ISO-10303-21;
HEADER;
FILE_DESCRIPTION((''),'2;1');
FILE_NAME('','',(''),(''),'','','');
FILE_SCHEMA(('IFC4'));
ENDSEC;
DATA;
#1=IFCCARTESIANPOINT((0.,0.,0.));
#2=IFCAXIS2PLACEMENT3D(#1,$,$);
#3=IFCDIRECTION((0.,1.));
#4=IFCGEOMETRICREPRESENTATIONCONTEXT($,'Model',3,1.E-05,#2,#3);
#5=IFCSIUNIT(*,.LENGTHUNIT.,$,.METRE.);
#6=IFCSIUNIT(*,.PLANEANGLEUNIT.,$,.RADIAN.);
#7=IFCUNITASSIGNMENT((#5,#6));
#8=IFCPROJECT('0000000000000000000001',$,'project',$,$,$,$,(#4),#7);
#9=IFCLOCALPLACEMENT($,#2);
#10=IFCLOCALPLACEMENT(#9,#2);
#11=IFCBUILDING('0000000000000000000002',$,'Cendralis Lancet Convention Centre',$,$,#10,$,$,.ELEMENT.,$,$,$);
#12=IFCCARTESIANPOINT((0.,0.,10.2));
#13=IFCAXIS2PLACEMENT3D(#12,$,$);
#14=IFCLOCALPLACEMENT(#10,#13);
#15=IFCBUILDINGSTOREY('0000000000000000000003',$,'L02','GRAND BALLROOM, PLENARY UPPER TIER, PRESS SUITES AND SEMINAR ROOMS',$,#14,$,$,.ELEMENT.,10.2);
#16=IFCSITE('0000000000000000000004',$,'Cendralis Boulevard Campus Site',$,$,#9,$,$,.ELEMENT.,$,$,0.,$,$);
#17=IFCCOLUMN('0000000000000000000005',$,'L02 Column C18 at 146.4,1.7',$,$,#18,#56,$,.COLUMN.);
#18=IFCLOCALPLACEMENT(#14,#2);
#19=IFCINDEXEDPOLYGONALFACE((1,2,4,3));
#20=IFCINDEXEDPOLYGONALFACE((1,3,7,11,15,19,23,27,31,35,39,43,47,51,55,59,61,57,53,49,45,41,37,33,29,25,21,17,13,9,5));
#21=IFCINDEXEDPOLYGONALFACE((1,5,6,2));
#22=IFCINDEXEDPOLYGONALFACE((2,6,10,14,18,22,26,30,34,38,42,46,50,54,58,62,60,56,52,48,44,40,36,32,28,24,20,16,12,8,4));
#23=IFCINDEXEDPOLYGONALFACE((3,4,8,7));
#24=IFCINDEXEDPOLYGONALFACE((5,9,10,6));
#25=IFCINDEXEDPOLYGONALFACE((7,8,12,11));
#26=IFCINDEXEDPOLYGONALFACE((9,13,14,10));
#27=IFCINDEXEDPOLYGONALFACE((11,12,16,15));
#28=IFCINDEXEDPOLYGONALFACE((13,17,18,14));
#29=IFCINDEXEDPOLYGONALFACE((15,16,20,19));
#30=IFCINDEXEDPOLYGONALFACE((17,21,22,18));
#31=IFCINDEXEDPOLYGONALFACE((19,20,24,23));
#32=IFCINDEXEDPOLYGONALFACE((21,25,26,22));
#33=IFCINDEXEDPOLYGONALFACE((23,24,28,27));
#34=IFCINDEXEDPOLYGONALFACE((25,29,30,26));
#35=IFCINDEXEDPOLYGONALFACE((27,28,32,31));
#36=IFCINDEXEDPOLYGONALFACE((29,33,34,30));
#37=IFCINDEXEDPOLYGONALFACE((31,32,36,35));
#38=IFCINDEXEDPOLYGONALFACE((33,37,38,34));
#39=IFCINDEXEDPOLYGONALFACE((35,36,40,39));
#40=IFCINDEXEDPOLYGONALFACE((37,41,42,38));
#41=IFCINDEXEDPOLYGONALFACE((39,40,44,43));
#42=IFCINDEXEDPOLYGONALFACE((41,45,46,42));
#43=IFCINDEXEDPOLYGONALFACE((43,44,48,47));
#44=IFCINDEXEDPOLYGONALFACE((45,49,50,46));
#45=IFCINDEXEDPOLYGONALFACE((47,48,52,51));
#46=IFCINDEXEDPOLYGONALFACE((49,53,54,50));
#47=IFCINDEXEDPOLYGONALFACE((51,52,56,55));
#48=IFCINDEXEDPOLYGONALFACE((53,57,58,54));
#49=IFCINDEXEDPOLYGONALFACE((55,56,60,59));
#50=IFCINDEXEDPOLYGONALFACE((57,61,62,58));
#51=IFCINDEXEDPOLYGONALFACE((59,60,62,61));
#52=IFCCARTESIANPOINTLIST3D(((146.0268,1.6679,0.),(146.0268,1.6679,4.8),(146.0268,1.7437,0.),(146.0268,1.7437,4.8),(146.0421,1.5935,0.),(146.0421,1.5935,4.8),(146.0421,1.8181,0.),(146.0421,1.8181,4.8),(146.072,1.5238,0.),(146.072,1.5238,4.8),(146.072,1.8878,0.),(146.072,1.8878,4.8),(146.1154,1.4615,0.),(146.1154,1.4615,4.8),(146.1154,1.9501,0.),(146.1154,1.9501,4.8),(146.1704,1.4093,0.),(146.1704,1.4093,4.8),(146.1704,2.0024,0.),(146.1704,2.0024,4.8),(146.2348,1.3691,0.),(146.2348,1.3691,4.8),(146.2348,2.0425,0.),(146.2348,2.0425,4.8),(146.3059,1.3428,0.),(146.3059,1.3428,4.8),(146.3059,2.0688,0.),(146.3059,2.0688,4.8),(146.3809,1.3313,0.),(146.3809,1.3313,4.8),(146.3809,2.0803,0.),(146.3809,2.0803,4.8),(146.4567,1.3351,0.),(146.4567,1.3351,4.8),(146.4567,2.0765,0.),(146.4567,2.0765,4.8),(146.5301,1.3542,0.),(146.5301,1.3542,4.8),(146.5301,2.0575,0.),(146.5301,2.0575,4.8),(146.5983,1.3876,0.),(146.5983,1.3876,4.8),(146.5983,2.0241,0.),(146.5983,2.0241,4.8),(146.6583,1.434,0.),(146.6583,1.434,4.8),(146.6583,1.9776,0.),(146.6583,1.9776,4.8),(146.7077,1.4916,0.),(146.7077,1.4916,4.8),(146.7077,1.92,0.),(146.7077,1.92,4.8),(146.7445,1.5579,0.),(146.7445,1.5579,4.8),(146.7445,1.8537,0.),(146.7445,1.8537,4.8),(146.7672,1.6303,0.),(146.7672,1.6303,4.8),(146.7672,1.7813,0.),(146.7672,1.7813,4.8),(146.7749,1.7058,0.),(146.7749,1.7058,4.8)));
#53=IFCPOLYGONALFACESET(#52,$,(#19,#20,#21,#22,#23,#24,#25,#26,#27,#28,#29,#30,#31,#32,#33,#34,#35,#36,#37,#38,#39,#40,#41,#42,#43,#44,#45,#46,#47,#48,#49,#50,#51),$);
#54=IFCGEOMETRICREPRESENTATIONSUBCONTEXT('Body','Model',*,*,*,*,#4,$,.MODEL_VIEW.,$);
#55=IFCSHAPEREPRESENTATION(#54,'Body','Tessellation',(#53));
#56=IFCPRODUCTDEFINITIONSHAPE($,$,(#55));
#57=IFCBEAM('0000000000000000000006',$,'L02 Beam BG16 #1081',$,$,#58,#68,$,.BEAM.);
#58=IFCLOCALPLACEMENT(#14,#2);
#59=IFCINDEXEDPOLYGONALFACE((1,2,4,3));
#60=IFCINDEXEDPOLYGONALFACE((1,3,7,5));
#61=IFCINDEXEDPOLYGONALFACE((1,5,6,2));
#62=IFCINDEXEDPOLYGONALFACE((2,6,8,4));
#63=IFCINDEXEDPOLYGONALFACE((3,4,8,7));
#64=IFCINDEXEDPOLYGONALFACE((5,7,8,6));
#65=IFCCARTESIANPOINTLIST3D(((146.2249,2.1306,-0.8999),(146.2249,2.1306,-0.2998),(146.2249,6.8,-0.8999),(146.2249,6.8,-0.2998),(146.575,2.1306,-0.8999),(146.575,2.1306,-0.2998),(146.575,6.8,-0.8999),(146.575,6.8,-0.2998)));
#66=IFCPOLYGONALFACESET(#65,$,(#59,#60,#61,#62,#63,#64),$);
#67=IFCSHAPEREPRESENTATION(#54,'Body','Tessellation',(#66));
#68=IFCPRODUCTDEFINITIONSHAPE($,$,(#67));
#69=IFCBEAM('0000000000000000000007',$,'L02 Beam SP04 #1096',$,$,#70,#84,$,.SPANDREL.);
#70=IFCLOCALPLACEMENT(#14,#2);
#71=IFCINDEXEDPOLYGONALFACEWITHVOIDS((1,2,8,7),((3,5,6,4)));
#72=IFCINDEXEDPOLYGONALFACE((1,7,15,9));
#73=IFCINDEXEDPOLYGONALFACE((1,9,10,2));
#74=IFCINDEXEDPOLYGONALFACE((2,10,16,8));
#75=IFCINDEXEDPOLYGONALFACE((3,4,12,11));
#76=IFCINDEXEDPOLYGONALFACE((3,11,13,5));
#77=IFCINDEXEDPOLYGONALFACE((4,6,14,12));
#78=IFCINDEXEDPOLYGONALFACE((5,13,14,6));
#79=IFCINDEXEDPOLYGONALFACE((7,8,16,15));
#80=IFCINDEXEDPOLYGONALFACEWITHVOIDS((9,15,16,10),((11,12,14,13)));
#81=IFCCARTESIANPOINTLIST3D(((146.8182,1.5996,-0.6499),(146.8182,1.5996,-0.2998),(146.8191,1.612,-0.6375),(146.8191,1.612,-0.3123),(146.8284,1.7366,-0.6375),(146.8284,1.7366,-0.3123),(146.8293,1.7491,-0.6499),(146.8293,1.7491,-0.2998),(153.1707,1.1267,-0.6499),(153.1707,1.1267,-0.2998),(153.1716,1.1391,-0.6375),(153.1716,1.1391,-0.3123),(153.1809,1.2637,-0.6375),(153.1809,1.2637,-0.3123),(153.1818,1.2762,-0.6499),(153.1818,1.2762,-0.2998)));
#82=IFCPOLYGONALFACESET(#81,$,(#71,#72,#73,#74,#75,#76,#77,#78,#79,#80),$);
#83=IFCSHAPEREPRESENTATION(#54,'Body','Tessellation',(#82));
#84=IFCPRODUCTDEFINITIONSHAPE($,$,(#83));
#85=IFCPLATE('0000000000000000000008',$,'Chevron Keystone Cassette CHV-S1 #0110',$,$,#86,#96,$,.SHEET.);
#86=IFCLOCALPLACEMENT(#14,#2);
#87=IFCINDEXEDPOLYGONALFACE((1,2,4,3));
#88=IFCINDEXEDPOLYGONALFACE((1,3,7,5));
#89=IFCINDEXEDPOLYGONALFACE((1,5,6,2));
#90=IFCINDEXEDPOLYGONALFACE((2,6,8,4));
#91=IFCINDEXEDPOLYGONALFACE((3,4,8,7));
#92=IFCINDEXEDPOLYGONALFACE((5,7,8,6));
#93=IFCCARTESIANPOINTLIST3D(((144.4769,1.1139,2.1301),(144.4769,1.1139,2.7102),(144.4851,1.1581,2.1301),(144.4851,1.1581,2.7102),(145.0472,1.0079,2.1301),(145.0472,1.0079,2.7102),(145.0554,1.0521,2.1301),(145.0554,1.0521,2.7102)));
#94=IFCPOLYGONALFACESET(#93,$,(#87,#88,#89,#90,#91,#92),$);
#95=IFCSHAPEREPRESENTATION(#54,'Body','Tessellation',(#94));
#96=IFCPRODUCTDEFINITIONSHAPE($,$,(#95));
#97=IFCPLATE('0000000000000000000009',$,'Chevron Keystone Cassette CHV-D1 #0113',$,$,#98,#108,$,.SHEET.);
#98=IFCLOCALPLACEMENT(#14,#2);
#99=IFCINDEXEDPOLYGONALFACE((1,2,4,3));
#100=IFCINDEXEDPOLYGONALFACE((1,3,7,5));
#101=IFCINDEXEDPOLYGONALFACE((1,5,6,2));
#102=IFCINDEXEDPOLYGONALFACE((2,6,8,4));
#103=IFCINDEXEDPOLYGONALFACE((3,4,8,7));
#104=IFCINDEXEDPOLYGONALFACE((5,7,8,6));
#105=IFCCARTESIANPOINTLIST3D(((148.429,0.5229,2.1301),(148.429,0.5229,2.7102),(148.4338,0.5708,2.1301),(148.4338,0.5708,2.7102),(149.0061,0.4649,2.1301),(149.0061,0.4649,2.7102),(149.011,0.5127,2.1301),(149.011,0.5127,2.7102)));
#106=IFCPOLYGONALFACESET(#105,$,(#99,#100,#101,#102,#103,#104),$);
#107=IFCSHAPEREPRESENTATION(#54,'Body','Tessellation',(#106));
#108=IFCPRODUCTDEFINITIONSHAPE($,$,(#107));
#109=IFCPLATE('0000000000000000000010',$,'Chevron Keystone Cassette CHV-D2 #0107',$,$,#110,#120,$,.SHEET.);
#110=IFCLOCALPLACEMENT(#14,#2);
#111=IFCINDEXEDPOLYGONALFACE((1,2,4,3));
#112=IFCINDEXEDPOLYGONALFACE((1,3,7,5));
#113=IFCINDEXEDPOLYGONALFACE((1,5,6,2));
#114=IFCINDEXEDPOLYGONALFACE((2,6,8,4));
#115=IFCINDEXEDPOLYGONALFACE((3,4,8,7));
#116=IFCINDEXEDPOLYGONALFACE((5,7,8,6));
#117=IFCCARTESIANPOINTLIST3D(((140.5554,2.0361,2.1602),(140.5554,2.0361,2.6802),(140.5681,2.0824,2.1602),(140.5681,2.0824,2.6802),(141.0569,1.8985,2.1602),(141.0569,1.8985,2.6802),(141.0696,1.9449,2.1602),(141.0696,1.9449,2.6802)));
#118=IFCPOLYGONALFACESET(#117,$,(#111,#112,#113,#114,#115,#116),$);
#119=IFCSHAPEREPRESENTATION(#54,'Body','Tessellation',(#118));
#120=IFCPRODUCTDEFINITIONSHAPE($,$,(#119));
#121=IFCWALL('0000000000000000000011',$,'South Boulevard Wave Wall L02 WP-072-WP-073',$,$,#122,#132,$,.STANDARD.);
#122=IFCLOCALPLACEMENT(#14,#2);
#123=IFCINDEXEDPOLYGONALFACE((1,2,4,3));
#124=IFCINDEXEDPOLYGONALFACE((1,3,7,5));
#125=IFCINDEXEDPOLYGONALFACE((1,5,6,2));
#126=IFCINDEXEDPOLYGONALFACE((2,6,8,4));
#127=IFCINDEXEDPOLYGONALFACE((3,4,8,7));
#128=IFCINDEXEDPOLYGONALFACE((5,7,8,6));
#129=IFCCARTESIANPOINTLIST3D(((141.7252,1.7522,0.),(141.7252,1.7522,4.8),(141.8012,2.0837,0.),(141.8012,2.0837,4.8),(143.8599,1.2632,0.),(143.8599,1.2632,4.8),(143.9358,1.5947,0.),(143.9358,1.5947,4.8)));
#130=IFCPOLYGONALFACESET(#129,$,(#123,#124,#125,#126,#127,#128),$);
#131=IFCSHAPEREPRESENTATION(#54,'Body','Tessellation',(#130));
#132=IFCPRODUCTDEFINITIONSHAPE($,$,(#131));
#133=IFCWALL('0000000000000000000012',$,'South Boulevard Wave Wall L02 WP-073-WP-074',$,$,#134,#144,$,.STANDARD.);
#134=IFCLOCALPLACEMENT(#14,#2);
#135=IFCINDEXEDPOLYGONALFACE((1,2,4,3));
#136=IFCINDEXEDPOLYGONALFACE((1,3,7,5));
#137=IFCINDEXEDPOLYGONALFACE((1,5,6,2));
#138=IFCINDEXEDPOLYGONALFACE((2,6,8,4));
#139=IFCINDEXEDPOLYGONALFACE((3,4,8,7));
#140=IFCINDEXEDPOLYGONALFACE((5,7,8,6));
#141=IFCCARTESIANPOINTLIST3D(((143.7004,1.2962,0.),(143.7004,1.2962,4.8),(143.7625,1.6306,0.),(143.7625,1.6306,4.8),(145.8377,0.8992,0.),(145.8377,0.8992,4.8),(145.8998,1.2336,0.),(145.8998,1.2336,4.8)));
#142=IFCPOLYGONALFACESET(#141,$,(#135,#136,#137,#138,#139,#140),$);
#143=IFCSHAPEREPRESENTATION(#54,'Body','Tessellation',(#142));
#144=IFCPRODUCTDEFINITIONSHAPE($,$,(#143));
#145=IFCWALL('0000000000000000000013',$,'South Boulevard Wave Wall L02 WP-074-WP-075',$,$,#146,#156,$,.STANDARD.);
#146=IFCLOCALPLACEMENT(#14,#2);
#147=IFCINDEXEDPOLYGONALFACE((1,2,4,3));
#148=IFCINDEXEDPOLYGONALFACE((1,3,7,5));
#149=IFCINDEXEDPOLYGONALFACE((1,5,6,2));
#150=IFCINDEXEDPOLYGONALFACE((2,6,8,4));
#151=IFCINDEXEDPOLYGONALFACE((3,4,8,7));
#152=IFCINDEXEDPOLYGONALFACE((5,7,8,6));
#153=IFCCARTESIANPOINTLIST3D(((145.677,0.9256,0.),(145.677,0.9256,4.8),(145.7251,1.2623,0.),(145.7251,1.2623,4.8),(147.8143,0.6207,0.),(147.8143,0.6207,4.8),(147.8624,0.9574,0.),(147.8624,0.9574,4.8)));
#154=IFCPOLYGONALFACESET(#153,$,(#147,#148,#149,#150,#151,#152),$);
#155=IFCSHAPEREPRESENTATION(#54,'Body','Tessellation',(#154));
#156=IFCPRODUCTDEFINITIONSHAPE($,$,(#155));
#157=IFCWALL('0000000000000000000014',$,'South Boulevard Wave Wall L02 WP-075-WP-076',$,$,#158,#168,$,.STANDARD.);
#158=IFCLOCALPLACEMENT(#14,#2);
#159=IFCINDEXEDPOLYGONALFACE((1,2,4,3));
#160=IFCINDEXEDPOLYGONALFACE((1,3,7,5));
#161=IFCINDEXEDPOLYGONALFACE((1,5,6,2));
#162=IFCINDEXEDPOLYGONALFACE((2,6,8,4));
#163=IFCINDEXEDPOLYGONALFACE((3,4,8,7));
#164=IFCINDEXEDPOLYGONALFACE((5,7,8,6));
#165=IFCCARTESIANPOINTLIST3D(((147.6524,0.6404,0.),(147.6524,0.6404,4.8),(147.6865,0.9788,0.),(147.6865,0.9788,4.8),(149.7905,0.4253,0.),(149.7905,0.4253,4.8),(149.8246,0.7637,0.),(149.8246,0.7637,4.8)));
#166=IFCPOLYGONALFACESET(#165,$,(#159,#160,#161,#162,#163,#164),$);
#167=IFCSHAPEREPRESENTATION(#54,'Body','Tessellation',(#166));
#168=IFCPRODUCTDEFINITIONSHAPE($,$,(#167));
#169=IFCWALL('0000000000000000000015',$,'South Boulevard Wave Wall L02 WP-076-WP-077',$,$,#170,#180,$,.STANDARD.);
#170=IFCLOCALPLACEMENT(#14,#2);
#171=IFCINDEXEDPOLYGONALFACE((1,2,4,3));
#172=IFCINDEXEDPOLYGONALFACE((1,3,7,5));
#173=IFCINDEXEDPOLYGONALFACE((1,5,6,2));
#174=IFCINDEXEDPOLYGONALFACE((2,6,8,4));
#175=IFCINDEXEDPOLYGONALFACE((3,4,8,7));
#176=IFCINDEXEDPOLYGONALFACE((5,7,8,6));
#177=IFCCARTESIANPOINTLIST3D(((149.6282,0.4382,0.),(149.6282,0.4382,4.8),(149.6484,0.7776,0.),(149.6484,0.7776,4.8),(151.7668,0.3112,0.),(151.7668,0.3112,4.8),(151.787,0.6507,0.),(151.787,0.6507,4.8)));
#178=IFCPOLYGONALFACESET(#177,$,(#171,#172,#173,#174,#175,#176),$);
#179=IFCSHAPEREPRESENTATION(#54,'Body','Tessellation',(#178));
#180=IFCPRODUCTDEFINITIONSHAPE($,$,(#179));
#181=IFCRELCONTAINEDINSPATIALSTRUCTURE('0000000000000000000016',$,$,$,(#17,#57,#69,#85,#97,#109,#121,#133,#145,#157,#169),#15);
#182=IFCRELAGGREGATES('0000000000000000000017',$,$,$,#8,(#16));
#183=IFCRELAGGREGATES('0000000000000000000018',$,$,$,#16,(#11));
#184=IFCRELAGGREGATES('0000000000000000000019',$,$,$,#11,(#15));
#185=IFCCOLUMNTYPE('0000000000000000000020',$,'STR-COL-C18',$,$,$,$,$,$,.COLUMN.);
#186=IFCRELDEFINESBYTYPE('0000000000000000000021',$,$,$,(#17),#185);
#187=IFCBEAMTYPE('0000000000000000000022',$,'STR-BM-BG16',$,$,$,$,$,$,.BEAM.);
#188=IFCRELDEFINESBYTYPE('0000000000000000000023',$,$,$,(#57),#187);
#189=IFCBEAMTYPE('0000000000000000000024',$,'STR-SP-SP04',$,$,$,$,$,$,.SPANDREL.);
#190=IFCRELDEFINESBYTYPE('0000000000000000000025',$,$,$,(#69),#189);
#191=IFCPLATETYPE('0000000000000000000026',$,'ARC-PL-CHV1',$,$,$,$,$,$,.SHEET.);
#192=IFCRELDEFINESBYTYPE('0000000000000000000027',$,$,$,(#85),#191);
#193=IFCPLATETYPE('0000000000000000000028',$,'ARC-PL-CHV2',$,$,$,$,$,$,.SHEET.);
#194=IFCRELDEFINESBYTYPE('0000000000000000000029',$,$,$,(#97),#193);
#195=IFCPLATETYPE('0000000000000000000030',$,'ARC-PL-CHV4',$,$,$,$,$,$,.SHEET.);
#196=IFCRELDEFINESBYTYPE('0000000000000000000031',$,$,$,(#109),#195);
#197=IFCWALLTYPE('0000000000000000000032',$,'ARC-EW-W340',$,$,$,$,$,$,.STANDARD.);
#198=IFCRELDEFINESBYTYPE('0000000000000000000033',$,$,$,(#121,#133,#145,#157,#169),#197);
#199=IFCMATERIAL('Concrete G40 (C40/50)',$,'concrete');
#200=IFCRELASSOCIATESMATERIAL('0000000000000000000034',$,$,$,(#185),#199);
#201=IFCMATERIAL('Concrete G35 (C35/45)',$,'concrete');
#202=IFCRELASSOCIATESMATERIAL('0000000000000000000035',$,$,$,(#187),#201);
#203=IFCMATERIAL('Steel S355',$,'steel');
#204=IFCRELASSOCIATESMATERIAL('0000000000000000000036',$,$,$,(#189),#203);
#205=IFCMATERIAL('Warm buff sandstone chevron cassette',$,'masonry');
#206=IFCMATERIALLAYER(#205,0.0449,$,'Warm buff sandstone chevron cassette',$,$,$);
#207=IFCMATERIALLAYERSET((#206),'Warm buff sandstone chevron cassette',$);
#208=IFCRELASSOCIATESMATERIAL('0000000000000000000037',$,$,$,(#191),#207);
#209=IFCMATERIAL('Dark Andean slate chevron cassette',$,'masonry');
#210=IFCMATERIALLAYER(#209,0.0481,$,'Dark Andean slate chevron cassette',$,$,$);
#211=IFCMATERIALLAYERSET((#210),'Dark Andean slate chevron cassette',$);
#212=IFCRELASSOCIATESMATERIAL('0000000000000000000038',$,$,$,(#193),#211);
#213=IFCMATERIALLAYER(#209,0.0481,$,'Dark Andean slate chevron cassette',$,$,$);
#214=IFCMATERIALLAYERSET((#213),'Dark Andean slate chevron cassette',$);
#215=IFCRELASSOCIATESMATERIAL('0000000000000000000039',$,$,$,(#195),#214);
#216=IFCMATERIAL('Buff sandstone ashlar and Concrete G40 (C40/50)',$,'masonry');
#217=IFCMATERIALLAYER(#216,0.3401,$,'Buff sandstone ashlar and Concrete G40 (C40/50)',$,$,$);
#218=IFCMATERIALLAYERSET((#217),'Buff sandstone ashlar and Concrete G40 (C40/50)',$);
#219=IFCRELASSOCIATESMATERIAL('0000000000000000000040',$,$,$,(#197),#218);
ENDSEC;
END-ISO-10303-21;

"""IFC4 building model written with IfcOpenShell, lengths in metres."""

from ifc_helpers import new_model, si_unit, direction, frame, frame_2d, origin, origin_2d, place, context, subcontext, project, spatial, rectangle, hollow_rectangle, circle, extrude, material, layer, layer_set, material_profile, profile_set, type_object, element, save


model = new_model("IFC4")

# Units and contexts
model_context = context("Model", 3, precision=1e-05, world=origin(), true_north=direction((0.0, 1.0)))
body_context = subcontext(model_context, "Body", "Model", "MODEL_VIEW")
ifc_project = project(units=[si_unit("LENGTHUNIT", "METRE"), si_unit("PLANEANGLEUNIT", "RADIAN")], contexts=[model_context])

# Site, building, storey
site_placement = place(None, origin())
site = spatial("IfcSite", under=ifc_project, at=site_placement, Name="Cendralis Boulevard Campus Site", CompositionType="ELEMENT", RefElevation=0.0)
building_placement = place(site_placement, origin())
building = spatial("IfcBuilding", under=site, at=building_placement, Name="Cendralis Lancet Convention Centre", CompositionType="ELEMENT")
storey_placement = place(building_placement, frame((0.0, 0.0, 10.2)))
storey = spatial("IfcBuildingStorey", under=building, at=storey_placement, Name="L02", Description="GRAND BALLROOM, PLENARY UPPER TIER, PRESS SUITES AND SEMINAR ROOMS", CompositionType="ELEMENT", Elevation=10.2)

# Column
ifc_material_1 = material(Name="Concrete G40 (C40/50)", Category="concrete")
ifc_material_profile_1 = material_profile(ifc_material_1, circle(Radius=0.375, at=origin_2d()), Name="RC D750")
ifc_profile_set_1 = profile_set([ifc_material_profile_1], Name="Concrete G40 (C40/50)")
column_type = type_object("IfcColumnType", Name="STR-COL-C18", PredefinedType="COLUMN", material=ifc_profile_set_1)
column_placement = place(storey_placement, frame((146.3999, 1.7058, 0.0), z_axis=(0.0, 0.0, 1.0), x_axis=(1.0, 0.0, 0.0)))
element("IfcColumn", 1, at=column_placement, inside=storey, type_object=column_type, Name="L02 Column C18 at 146.4,1.7", PredefinedType="COLUMN", context=body_context, shape_type="SweptSolid", body=[
    extrude(circle(Radius=0.375, at=origin_2d()), origin(), (0.0, 0.0, 1.0), 4.8),
])

# Beams
ifc_material_2 = material(Name="Concrete G35 (C35/45)", Category="concrete")
ifc_material_profile_2 = material_profile(ifc_material_2, rectangle(XDim=0.3501, YDim=0.6001, at=origin_2d()), Name="RCB 350x600")
ifc_profile_set_2 = profile_set([ifc_material_profile_2], Name="Concrete G35 (C35/45)")
beam_type_1 = type_object("IfcBeamType", Name="STR-BM-BG16", PredefinedType="BEAM", material=ifc_profile_set_2)
beam_1_placement = place(storey_placement, frame((146.3999, 2.1306, -0.5999), z_axis=(0.0, 1.0, 0.0), x_axis=(-1.0, 0.0, 0.0)))
element("IfcBeam", 2, at=beam_1_placement, inside=storey, type_object=beam_type_1, Name="L02 Beam BG16 #1081", PredefinedType="BEAM", context=body_context, shape_type="SweptSolid", body=[
    extrude(rectangle(XDim=0.3501, YDim=0.6001, at=origin_2d()), origin(), (0.0, 0.0, 1.0), 4.6694),
])
ifc_material_3 = material(Name="Steel S355", Category="steel")
ifc_material_profile_3 = material_profile(ifc_material_3, hollow_rectangle(XDim=0.1499, YDim=0.3501, WallThickness=0.0125, at=origin_2d()), Name="RHS 350x150x12.5")
ifc_profile_set_3 = profile_set([ifc_material_profile_3], Name="Steel S355")
beam_type_2 = type_object("IfcBeamType", Name="STR-SP-SP04", PredefinedType="SPANDREL", material=ifc_profile_set_3)
beam_2_placement = place(storey_placement, frame((146.8237, 1.6743, -0.4749), z_axis=(0.997241, -0.074237, 0.0), x_axis=(0.074237, 0.997241, 0.0)))
element("IfcBeam", 3, at=beam_2_placement, inside=storey, type_object=beam_type_2, Name="L02 Beam SP04 #1096", PredefinedType="SPANDREL", context=body_context, shape_type="SweptSolid", body=[
    extrude(hollow_rectangle(XDim=0.1499, YDim=0.3501, WallThickness=0.0125, at=origin_2d()), origin(), (0.0, 0.0, 1.0), 6.3701),
])

# Plates
ifc_material_4 = material(Name="Warm buff sandstone chevron cassette", Category="masonry")
ifc_layer_1 = layer(ifc_material_4, 0.0449, Name="Warm buff sandstone chevron cassette")
ifc_layer_set_1 = layer_set([ifc_layer_1], Name="Warm buff sandstone chevron cassette")
plate_type_1 = type_object("IfcPlateType", Name="ARC-PL-CHV1", PredefinedType="SHEET", material=ifc_layer_set_1)
plate_1_placement = place(storey_placement, frame((144.7661, 1.083, 2.1301), z_axis=(0.0, 0.0, 1.0), x_axis=(0.983175, -0.182665, 0.0)))
element("IfcPlate", 4, at=plate_1_placement, inside=storey, type_object=plate_type_1, Name="Chevron Keystone Cassette CHV-S1 #0110", PredefinedType="SHEET", context=body_context, shape_type="SweptSolid", body=[
    extrude(rectangle(XDim=0.5801, YDim=0.0449, at=origin_2d()), origin(), (0.0, 0.0, 1.0), 0.5801),
])
ifc_material_5 = material(Name="Dark Andean slate chevron cassette", Category="masonry")
ifc_layer_2 = layer(ifc_material_5, 0.0481, Name="Dark Andean slate chevron cassette")
ifc_layer_set_2 = layer_set([ifc_layer_2], Name="Dark Andean slate chevron cassette")
plate_type_2 = type_object("IfcPlateType", Name="ARC-PL-CHV2", PredefinedType="SHEET", material=ifc_layer_set_2)
plate_2_placement = place(storey_placement, frame((148.72, 0.5178, 2.1301), z_axis=(0.0, 0.0, 1.0), x_axis=(0.994982, -0.100049, 0.0)))
element("IfcPlate", 5, at=plate_2_placement, inside=storey, type_object=plate_type_2, Name="Chevron Keystone Cassette CHV-D1 #0113", PredefinedType="SHEET", context=body_context, shape_type="SweptSolid", body=[
    extrude(rectangle(XDim=0.5801, YDim=0.0481, at=origin_2d()), origin(), (0.0, 0.0, 1.0), 0.5801),
])
ifc_layer_3 = layer(ifc_material_5, 0.0481, Name="Dark Andean slate chevron cassette")
ifc_layer_set_3 = layer_set([ifc_layer_3], Name="Dark Andean slate chevron cassette")
plate_type_3 = type_object("IfcPlateType", Name="ARC-PL-CHV4", PredefinedType="SHEET", material=ifc_layer_set_3)
plate_3_placement = place(storey_placement, frame((140.8125, 1.9905, 2.1602), z_axis=(0.0, 0.0, 1.0), x_axis=(0.964391, -0.264479, 0.0)))
element("IfcPlate", 6, at=plate_3_placement, inside=storey, type_object=plate_type_3, Name="Chevron Keystone Cassette CHV-D2 #0107", PredefinedType="SHEET", context=body_context, shape_type="SweptSolid", body=[
    extrude(rectangle(XDim=0.52, YDim=0.0481, at=origin_2d()), origin(), (0.0, 0.0, 1.0), 0.52),
])

# Walls
ifc_material_6 = material(Name="Buff sandstone ashlar and Concrete G40 (C40/50)", Category="masonry")
ifc_layer_4 = layer(ifc_material_6, 0.3401, Name="Buff sandstone ashlar and Concrete G40 (C40/50)")
ifc_layer_set_4 = layer_set([ifc_layer_4], Name="Buff sandstone ashlar and Concrete G40 (C40/50)")
wall_type = type_object("IfcWallType", Name="ARC-EW-W340", PredefinedType="STANDARD", material=ifc_layer_set_4)
wall_1_placement = place(storey_placement, frame((141.7632, 1.918, 0.0), z_axis=(0.0, 0.0, 1.0), x_axis=(0.974753, -0.223288, 0.0)))
element("IfcWall", 7, at=wall_1_placement, inside=storey, type_object=wall_type, Name="South Boulevard Wave Wall L02 WP-072-WP-073", PredefinedType="STANDARD", context=body_context, shape_type="SweptSolid", body=[
    extrude(rectangle(XDim=2.1899, YDim=0.3401, at=frame_2d((1.095, 0.0))), origin(), (0.0, 0.0, 1.0), 4.8),
])
wall_2_placement = place(storey_placement, frame((143.7314, 1.4634, 0.0), z_axis=(0.0, 0.0, 1.0), x_axis=(0.983184, -0.18262, 0.0)))
element("IfcWall", 8, at=wall_2_placement, inside=storey, type_object=wall_type, Name="South Boulevard Wave Wall L02 WP-073-WP-074", PredefinedType="STANDARD", context=body_context, shape_type="SweptSolid", body=[
    extrude(rectangle(XDim=2.1738, YDim=0.3401, at=frame_2d((1.0869, 0.0))), origin(), (0.0, 0.0, 1.0), 4.8),
])
wall_3_placement = place(storey_placement, frame((145.7009, 1.094, 0.0), z_axis=(0.0, 0.0, 1.0), x_axis=(0.989974, -0.141247, 0.0)))
element("IfcWall", 9, at=wall_3_placement, inside=storey, type_object=wall_type, Name="South Boulevard Wave Wall L02 WP-074-WP-075", PredefinedType="STANDARD", context=body_context, shape_type="SweptSolid", body=[
    extrude(rectangle(XDim=2.1589, YDim=0.3401, at=frame_2d((1.0796, 0.0))), origin(), (0.0, 0.0, 1.0), 4.8),
])
wall_4_placement = place(storey_placement, frame((147.6694, 0.8096, 0.0), z_axis=(0.0, 0.0, 1.0), x_axis=(0.994979, -0.100089, 0.0)))
element("IfcWall", 10, at=wall_4_placement, inside=storey, type_object=wall_type, Name="South Boulevard Wave Wall L02 WP-075-WP-076", PredefinedType="STANDARD", context=body_context, shape_type="SweptSolid", body=[
    extrude(rectangle(XDim=2.1489, YDim=0.3401, at=frame_2d((1.0745, 0.0))), origin(), (0.0, 0.0, 1.0), 4.8),
])
wall_5_placement = place(storey_placement, frame((149.6382, 0.6079, 0.0), z_axis=(0.0, 0.0, 1.0), x_axis=(0.998243, -0.059256, 0.0)))
element("IfcWall", 11, at=wall_5_placement, inside=storey, type_object=wall_type, Name="South Boulevard Wave Wall L02 WP-076-WP-077", PredefinedType="STANDARD", context=body_context, shape_type="SweptSolid", body=[
    extrude(rectangle(XDim=2.1423, YDim=0.3401, at=frame_2d((1.0713, 0.0))), origin(), (0.0, 0.0, 1.0), 4.8),
])

save(model, "model.ifc")
